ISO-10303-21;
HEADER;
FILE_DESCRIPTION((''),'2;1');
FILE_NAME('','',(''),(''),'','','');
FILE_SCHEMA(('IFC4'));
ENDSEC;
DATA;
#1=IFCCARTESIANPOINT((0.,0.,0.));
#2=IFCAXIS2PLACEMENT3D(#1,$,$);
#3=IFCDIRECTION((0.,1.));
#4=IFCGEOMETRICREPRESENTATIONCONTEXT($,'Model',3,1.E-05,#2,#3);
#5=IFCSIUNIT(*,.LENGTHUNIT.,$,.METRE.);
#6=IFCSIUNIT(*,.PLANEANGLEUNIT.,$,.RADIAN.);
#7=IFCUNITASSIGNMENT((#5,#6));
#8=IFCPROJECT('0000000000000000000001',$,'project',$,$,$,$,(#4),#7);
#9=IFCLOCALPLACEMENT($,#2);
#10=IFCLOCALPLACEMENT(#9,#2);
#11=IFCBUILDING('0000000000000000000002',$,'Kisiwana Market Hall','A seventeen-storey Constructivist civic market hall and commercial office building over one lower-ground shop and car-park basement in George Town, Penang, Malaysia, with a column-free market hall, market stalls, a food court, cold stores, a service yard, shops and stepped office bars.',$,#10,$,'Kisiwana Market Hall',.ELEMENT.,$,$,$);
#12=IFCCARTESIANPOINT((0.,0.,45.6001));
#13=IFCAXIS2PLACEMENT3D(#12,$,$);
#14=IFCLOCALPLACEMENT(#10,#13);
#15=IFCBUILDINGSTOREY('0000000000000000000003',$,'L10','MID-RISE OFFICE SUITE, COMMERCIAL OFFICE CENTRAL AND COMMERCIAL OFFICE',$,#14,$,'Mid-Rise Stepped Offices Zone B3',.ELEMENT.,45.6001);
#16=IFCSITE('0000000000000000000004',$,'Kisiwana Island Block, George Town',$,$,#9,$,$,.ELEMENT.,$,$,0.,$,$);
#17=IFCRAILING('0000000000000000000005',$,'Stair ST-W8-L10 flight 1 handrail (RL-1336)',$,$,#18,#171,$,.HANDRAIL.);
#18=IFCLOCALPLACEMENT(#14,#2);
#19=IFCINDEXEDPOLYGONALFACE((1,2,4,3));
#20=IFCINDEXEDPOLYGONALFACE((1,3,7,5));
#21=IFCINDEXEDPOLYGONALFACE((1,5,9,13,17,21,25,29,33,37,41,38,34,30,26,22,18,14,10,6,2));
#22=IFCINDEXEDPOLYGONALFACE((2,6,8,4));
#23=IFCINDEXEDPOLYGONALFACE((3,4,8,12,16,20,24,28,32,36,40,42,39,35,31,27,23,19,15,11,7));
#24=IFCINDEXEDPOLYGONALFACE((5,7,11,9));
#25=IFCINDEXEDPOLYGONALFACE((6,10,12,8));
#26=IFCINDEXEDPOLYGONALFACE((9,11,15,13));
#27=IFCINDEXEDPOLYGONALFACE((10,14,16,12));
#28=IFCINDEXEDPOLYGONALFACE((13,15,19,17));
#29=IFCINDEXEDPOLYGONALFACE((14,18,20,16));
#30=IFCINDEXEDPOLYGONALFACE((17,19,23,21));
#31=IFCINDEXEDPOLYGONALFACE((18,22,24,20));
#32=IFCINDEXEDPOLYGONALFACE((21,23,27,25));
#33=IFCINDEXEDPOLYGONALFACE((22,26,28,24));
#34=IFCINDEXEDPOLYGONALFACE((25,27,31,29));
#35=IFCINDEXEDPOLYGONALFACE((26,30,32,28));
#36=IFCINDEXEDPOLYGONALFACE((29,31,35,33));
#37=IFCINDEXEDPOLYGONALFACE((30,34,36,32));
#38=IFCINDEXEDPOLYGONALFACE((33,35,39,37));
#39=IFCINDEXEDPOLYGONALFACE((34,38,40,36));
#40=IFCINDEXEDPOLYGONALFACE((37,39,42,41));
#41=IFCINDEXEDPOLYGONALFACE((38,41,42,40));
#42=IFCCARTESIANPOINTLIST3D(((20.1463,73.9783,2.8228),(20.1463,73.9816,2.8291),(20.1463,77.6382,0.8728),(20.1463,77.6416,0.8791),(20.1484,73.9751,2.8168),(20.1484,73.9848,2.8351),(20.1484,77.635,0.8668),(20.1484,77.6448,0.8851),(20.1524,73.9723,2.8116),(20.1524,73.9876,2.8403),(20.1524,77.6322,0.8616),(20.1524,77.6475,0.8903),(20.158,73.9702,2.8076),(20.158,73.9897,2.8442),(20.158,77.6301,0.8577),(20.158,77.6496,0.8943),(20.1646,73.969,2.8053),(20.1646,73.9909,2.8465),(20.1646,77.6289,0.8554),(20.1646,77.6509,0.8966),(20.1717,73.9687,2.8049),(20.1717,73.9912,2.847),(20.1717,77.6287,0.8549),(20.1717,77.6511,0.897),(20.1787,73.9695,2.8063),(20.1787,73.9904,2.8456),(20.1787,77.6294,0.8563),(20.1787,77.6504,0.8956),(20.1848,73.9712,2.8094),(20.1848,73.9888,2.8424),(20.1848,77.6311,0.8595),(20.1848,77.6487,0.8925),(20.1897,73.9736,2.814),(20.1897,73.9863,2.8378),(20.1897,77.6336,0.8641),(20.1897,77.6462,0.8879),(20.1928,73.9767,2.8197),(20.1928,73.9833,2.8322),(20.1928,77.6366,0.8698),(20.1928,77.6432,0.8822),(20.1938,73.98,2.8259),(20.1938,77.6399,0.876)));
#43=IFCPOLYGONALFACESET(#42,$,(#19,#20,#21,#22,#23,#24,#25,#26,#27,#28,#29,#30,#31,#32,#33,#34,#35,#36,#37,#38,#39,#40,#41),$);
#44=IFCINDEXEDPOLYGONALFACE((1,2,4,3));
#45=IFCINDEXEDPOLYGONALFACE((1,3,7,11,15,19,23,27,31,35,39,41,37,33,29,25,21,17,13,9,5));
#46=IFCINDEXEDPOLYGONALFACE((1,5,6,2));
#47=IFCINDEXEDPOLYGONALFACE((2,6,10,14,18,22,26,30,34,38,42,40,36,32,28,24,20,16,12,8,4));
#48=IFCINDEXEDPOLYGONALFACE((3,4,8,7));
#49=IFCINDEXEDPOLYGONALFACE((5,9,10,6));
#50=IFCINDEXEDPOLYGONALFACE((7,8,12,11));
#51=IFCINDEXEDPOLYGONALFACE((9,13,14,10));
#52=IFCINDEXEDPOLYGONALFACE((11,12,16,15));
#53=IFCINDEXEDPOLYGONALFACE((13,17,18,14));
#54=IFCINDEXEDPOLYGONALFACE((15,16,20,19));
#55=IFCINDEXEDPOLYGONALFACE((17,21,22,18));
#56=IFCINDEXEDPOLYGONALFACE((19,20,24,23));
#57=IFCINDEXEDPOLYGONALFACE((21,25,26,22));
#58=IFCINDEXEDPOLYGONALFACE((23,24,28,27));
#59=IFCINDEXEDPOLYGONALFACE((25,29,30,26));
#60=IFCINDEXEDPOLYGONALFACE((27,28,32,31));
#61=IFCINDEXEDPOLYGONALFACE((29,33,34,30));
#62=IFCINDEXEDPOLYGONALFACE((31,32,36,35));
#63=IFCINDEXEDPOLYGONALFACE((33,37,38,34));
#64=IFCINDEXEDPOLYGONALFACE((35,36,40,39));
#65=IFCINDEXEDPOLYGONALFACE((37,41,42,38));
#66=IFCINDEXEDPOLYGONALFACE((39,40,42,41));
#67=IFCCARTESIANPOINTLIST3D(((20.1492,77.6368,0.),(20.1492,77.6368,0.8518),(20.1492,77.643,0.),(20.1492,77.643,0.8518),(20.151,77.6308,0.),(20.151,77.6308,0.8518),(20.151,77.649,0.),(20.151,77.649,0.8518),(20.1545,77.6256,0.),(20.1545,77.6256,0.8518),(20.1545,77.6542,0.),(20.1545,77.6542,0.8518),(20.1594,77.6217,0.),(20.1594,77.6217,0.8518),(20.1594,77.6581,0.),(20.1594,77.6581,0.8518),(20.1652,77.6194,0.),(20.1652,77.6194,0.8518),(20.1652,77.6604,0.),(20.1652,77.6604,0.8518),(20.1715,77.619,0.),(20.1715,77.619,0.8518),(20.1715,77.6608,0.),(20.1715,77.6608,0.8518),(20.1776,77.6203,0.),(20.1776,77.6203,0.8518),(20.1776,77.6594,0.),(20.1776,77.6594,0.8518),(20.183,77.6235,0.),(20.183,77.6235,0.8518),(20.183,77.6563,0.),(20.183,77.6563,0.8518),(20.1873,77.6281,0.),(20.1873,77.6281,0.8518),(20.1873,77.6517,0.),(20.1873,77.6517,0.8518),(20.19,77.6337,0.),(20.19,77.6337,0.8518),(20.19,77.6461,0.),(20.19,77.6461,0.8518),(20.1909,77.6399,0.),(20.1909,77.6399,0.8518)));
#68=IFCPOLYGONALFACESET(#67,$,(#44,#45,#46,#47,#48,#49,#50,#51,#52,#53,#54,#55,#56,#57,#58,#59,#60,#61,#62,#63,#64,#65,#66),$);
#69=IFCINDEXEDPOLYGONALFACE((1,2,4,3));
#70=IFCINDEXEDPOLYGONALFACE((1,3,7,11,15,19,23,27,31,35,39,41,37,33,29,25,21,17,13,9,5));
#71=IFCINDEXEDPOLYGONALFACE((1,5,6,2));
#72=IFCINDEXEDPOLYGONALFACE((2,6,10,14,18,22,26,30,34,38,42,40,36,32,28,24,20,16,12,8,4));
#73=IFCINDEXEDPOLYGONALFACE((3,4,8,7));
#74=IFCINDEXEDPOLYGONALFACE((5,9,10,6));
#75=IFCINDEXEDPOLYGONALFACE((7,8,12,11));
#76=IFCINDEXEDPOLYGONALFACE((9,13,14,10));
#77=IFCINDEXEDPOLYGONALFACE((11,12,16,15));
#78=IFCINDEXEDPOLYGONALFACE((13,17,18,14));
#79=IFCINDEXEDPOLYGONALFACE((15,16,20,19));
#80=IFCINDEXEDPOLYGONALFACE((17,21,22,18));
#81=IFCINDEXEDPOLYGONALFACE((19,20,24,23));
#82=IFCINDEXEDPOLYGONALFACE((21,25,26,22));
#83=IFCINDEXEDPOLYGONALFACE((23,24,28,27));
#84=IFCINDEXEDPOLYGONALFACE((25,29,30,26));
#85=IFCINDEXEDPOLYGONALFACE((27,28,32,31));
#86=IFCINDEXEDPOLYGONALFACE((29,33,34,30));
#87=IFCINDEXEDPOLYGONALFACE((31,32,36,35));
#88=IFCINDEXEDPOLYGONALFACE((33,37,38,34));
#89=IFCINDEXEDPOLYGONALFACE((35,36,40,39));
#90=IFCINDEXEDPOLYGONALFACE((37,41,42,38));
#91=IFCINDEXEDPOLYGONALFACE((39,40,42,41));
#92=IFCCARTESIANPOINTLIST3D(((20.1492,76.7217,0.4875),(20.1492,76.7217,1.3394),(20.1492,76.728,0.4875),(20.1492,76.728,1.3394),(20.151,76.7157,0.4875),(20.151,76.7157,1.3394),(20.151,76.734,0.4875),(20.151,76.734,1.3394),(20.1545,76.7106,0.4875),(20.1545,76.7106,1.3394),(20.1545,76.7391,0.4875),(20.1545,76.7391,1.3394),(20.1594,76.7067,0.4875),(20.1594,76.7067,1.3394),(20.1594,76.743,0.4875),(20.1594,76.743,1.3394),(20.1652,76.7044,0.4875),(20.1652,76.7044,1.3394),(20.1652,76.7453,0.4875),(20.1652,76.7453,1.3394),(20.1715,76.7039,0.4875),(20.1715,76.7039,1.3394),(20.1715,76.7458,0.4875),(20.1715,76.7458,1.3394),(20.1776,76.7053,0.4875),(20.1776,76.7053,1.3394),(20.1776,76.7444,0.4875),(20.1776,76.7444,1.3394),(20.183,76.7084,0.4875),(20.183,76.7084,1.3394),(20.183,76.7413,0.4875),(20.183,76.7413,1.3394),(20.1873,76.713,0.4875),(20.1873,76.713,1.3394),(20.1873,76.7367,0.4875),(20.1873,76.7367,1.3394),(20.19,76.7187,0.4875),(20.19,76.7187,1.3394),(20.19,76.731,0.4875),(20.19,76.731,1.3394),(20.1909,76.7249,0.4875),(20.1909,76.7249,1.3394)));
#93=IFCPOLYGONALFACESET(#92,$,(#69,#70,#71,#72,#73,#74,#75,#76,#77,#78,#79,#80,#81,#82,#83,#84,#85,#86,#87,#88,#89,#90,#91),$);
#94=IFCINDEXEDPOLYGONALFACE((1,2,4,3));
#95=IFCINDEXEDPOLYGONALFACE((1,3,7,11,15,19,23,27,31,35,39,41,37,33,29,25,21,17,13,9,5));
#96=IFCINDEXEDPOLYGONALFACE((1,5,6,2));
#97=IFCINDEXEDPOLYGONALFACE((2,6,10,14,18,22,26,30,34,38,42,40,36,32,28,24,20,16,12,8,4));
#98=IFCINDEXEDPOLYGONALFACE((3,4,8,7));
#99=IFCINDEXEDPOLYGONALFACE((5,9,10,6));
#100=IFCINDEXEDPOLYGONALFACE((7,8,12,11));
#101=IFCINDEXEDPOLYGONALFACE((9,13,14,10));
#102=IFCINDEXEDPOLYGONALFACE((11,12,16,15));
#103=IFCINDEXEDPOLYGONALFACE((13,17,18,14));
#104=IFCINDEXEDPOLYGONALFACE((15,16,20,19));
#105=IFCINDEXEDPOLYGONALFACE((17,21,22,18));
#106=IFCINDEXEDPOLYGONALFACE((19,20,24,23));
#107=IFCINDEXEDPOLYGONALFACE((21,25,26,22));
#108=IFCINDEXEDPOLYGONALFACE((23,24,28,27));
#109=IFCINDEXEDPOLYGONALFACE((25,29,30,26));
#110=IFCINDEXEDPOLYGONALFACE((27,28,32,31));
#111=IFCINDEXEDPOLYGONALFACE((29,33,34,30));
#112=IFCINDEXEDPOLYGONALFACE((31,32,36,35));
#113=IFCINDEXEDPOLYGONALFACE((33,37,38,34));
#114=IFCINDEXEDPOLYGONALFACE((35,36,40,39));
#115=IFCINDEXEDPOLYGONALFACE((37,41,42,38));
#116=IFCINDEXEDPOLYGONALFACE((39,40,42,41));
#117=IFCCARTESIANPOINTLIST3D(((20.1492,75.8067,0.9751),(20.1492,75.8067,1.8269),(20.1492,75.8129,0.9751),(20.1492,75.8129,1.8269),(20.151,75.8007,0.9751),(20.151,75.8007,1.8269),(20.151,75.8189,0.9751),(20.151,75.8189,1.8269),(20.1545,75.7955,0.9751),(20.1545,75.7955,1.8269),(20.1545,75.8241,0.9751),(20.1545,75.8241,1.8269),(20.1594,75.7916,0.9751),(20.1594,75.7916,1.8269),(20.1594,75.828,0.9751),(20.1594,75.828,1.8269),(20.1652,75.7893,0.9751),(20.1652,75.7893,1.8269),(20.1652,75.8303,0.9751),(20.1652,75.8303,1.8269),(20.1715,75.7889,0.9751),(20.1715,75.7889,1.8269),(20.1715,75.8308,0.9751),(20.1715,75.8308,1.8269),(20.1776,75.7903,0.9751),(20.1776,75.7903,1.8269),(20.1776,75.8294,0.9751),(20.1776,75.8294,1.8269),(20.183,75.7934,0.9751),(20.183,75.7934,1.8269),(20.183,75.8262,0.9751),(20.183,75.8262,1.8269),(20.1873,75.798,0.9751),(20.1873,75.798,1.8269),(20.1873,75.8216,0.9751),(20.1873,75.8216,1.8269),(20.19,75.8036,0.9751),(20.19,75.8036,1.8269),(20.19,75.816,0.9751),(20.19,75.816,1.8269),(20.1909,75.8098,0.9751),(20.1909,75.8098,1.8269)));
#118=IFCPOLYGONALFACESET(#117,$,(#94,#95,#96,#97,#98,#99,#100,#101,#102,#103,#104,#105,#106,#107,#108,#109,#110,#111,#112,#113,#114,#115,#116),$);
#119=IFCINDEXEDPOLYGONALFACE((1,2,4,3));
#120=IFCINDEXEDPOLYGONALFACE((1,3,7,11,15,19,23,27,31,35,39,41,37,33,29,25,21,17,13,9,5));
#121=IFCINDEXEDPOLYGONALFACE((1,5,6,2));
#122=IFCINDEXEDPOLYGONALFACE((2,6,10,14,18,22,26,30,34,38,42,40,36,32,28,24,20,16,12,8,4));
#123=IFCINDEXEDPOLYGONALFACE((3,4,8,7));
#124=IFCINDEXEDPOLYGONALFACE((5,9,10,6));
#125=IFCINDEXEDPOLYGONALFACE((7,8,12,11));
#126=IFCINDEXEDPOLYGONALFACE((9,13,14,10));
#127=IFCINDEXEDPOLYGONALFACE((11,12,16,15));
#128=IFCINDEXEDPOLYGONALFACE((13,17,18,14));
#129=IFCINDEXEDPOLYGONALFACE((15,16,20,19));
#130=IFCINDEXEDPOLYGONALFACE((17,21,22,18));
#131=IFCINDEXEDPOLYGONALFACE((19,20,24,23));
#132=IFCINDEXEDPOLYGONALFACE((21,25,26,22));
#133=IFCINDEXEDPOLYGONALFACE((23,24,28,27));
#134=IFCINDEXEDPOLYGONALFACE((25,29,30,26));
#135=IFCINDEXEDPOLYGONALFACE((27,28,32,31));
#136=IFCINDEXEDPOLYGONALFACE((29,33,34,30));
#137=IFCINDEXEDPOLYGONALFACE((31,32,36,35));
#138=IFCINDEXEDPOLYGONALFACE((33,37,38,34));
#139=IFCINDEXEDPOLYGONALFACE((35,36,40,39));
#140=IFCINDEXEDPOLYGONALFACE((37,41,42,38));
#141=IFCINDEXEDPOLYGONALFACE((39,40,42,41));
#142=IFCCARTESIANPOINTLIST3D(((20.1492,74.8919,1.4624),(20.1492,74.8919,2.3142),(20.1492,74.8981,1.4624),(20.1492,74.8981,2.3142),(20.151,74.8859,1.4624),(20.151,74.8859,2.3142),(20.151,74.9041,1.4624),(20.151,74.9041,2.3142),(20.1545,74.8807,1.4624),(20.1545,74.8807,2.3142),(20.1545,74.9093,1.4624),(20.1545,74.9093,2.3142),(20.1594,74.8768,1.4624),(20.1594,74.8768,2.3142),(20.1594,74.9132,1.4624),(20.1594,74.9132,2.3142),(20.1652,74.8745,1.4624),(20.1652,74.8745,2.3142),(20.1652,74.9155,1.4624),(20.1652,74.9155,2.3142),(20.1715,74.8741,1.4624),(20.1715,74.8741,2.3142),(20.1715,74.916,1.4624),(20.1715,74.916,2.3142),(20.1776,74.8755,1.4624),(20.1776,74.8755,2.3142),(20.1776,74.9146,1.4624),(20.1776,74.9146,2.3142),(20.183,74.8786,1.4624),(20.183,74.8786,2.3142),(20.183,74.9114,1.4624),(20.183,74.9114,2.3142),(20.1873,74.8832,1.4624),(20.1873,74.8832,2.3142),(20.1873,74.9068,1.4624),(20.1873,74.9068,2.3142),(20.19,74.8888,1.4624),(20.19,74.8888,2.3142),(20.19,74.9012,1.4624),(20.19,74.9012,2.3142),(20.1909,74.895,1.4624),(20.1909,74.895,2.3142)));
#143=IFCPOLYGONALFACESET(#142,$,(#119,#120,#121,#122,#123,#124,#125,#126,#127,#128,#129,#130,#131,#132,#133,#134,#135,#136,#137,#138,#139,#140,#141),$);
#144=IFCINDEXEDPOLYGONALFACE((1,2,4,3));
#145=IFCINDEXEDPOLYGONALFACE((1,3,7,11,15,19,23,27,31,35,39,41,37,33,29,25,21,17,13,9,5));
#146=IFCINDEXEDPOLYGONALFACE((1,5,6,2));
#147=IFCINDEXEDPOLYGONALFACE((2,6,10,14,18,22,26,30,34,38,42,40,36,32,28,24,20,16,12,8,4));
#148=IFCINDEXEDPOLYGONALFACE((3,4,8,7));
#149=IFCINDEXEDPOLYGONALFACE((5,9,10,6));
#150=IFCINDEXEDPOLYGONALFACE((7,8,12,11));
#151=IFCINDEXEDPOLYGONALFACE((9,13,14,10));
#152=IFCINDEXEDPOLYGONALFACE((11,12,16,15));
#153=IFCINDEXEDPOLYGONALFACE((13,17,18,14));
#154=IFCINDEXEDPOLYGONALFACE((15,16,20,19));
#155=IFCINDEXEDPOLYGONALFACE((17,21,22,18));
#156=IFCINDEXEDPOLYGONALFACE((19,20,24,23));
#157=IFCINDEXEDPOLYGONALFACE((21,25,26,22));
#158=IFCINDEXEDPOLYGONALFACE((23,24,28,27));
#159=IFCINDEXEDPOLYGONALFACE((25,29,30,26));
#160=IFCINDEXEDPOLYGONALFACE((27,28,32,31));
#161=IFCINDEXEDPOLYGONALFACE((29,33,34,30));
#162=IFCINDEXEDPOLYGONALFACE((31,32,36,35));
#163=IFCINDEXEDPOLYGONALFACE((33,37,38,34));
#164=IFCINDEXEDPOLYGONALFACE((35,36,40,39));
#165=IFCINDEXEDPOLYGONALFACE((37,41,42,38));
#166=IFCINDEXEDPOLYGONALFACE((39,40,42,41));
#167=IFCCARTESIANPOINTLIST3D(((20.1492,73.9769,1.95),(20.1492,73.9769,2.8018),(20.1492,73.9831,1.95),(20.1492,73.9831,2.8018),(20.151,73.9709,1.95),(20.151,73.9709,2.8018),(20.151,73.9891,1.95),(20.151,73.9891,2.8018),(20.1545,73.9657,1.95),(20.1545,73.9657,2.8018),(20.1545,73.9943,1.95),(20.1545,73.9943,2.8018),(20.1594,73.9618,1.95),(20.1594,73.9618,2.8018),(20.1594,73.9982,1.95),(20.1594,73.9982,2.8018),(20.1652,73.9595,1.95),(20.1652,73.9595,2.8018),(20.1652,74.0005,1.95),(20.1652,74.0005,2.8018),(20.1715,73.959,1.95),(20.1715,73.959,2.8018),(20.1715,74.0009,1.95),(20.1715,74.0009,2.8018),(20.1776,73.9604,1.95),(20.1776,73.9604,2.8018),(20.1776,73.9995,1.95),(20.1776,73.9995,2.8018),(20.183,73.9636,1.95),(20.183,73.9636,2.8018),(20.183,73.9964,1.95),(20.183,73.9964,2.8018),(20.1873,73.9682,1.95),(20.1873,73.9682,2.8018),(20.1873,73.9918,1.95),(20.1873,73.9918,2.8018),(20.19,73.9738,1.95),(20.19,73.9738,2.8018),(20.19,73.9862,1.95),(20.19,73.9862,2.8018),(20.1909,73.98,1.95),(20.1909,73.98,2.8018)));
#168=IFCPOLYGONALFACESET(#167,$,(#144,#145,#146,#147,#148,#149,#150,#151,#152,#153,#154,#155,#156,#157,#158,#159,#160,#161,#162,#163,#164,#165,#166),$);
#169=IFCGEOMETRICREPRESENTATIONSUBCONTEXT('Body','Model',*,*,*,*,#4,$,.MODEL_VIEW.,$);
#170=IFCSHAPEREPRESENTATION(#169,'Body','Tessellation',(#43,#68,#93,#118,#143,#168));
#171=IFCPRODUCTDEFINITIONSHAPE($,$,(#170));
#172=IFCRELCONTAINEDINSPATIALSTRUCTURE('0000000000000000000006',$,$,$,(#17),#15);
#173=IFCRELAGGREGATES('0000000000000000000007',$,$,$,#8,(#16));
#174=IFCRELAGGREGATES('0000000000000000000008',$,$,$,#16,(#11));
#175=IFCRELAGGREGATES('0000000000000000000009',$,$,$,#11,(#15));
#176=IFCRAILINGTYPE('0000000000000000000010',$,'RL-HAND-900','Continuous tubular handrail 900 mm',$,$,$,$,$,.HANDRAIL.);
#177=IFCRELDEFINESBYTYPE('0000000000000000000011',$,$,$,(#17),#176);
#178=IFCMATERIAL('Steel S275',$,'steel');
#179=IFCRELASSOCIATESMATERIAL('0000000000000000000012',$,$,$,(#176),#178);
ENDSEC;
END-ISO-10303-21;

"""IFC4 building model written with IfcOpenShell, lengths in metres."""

from ifc_helpers import new_model, si_unit, direction, frame, origin, origin_2d, place, context, subcontext, project, spatial, circle, extrude, material, type_object, element, save


model = new_model("IFC4")

# Units and contexts
model_context = context("Model", 3, precision=1e-05, world=origin(), true_north=direction((0.0, 1.0)))
body_context = subcontext(model_context, "Body", "Model", "MODEL_VIEW")
ifc_project = project(units=[si_unit("LENGTHUNIT", "METRE"), si_unit("PLANEANGLEUNIT", "RADIAN")], contexts=[model_context])

# Site, building, storey
site_placement = place(None, origin())
site = spatial("IfcSite", under=ifc_project, at=site_placement, Name="Kisiwana Island Block, George Town", CompositionType="ELEMENT", RefElevation=0.0)
building_placement = place(site_placement, origin())
building = spatial("IfcBuilding", under=site, at=building_placement, Name="Kisiwana Market Hall", Description="A seventeen-storey Constructivist civic market hall and commercial office building over one lower-ground shop and car-park basement in George Town, Penang, Malaysia, with a column-free market hall, market stalls, a food court, cold stores, a service yard, shops and stepped office bars.", LongName="Kisiwana Market Hall", CompositionType="ELEMENT")
storey_placement = place(building_placement, frame((0.0, 0.0, 45.6001)))
storey = spatial("IfcBuildingStorey", under=building, at=storey_placement, Name="L10", Description="MID-RISE OFFICE SUITE, COMMERCIAL OFFICE CENTRAL AND COMMERCIAL OFFICE", LongName="Mid-Rise Stepped Offices Zone B3", CompositionType="ELEMENT", Elevation=45.6001)

# Railing
ifc_material_1 = material(Name="Steel S275", Category="steel")
railing_type_1 = type_object("IfcRailingType", Name="RL-HAND-900", Description="Continuous tubular handrail 900 mm", PredefinedType="HANDRAIL", material=ifc_material_1)
railing_1_placement = place(storey_placement, frame((20.1699, 77.6399, 0.0)))
element("IfcRailing", 1, at=railing_1_placement, inside=storey, type_object=railing_type_1, Name="Stair ST-W8-L10 flight 1 handrail (RL-1336)", PredefinedType="HANDRAIL", context=body_context, shape_type="SweptSolid", body=[
    extrude(circle(Radius=0.0239, at=origin_2d()), frame((0.0, 0.0, 0.876), z_axis=(0.0, -0.882553, 0.470212), x_axis=(1.0, 0.0, 0.0)), (0.0, 0.0, 1.0), 4.147),
    extrude(circle(Radius=0.021, at=origin_2d()), origin(), (0.0, 0.0, 1.0), 0.8518),
    extrude(circle(Radius=0.021, at=origin_2d()), frame((0.0, -0.915, 0.4875)), (0.0, 0.0, 1.0), 0.8518),
    extrude(circle(Radius=0.021, at=origin_2d()), frame((0.0, -1.8301, 0.9751)), (0.0, 0.0, 1.0), 0.8518),
    extrude(circle(Radius=0.021, at=origin_2d()), frame((0.0, -2.7449, 1.4624)), (0.0, 0.0, 1.0), 0.8518),
    extrude(circle(Radius=0.021, at=origin_2d()), frame((0.0, -3.6599, 1.95)), (0.0, 0.0, 1.0), 0.8518),
])

save(model, "model.ifc")
